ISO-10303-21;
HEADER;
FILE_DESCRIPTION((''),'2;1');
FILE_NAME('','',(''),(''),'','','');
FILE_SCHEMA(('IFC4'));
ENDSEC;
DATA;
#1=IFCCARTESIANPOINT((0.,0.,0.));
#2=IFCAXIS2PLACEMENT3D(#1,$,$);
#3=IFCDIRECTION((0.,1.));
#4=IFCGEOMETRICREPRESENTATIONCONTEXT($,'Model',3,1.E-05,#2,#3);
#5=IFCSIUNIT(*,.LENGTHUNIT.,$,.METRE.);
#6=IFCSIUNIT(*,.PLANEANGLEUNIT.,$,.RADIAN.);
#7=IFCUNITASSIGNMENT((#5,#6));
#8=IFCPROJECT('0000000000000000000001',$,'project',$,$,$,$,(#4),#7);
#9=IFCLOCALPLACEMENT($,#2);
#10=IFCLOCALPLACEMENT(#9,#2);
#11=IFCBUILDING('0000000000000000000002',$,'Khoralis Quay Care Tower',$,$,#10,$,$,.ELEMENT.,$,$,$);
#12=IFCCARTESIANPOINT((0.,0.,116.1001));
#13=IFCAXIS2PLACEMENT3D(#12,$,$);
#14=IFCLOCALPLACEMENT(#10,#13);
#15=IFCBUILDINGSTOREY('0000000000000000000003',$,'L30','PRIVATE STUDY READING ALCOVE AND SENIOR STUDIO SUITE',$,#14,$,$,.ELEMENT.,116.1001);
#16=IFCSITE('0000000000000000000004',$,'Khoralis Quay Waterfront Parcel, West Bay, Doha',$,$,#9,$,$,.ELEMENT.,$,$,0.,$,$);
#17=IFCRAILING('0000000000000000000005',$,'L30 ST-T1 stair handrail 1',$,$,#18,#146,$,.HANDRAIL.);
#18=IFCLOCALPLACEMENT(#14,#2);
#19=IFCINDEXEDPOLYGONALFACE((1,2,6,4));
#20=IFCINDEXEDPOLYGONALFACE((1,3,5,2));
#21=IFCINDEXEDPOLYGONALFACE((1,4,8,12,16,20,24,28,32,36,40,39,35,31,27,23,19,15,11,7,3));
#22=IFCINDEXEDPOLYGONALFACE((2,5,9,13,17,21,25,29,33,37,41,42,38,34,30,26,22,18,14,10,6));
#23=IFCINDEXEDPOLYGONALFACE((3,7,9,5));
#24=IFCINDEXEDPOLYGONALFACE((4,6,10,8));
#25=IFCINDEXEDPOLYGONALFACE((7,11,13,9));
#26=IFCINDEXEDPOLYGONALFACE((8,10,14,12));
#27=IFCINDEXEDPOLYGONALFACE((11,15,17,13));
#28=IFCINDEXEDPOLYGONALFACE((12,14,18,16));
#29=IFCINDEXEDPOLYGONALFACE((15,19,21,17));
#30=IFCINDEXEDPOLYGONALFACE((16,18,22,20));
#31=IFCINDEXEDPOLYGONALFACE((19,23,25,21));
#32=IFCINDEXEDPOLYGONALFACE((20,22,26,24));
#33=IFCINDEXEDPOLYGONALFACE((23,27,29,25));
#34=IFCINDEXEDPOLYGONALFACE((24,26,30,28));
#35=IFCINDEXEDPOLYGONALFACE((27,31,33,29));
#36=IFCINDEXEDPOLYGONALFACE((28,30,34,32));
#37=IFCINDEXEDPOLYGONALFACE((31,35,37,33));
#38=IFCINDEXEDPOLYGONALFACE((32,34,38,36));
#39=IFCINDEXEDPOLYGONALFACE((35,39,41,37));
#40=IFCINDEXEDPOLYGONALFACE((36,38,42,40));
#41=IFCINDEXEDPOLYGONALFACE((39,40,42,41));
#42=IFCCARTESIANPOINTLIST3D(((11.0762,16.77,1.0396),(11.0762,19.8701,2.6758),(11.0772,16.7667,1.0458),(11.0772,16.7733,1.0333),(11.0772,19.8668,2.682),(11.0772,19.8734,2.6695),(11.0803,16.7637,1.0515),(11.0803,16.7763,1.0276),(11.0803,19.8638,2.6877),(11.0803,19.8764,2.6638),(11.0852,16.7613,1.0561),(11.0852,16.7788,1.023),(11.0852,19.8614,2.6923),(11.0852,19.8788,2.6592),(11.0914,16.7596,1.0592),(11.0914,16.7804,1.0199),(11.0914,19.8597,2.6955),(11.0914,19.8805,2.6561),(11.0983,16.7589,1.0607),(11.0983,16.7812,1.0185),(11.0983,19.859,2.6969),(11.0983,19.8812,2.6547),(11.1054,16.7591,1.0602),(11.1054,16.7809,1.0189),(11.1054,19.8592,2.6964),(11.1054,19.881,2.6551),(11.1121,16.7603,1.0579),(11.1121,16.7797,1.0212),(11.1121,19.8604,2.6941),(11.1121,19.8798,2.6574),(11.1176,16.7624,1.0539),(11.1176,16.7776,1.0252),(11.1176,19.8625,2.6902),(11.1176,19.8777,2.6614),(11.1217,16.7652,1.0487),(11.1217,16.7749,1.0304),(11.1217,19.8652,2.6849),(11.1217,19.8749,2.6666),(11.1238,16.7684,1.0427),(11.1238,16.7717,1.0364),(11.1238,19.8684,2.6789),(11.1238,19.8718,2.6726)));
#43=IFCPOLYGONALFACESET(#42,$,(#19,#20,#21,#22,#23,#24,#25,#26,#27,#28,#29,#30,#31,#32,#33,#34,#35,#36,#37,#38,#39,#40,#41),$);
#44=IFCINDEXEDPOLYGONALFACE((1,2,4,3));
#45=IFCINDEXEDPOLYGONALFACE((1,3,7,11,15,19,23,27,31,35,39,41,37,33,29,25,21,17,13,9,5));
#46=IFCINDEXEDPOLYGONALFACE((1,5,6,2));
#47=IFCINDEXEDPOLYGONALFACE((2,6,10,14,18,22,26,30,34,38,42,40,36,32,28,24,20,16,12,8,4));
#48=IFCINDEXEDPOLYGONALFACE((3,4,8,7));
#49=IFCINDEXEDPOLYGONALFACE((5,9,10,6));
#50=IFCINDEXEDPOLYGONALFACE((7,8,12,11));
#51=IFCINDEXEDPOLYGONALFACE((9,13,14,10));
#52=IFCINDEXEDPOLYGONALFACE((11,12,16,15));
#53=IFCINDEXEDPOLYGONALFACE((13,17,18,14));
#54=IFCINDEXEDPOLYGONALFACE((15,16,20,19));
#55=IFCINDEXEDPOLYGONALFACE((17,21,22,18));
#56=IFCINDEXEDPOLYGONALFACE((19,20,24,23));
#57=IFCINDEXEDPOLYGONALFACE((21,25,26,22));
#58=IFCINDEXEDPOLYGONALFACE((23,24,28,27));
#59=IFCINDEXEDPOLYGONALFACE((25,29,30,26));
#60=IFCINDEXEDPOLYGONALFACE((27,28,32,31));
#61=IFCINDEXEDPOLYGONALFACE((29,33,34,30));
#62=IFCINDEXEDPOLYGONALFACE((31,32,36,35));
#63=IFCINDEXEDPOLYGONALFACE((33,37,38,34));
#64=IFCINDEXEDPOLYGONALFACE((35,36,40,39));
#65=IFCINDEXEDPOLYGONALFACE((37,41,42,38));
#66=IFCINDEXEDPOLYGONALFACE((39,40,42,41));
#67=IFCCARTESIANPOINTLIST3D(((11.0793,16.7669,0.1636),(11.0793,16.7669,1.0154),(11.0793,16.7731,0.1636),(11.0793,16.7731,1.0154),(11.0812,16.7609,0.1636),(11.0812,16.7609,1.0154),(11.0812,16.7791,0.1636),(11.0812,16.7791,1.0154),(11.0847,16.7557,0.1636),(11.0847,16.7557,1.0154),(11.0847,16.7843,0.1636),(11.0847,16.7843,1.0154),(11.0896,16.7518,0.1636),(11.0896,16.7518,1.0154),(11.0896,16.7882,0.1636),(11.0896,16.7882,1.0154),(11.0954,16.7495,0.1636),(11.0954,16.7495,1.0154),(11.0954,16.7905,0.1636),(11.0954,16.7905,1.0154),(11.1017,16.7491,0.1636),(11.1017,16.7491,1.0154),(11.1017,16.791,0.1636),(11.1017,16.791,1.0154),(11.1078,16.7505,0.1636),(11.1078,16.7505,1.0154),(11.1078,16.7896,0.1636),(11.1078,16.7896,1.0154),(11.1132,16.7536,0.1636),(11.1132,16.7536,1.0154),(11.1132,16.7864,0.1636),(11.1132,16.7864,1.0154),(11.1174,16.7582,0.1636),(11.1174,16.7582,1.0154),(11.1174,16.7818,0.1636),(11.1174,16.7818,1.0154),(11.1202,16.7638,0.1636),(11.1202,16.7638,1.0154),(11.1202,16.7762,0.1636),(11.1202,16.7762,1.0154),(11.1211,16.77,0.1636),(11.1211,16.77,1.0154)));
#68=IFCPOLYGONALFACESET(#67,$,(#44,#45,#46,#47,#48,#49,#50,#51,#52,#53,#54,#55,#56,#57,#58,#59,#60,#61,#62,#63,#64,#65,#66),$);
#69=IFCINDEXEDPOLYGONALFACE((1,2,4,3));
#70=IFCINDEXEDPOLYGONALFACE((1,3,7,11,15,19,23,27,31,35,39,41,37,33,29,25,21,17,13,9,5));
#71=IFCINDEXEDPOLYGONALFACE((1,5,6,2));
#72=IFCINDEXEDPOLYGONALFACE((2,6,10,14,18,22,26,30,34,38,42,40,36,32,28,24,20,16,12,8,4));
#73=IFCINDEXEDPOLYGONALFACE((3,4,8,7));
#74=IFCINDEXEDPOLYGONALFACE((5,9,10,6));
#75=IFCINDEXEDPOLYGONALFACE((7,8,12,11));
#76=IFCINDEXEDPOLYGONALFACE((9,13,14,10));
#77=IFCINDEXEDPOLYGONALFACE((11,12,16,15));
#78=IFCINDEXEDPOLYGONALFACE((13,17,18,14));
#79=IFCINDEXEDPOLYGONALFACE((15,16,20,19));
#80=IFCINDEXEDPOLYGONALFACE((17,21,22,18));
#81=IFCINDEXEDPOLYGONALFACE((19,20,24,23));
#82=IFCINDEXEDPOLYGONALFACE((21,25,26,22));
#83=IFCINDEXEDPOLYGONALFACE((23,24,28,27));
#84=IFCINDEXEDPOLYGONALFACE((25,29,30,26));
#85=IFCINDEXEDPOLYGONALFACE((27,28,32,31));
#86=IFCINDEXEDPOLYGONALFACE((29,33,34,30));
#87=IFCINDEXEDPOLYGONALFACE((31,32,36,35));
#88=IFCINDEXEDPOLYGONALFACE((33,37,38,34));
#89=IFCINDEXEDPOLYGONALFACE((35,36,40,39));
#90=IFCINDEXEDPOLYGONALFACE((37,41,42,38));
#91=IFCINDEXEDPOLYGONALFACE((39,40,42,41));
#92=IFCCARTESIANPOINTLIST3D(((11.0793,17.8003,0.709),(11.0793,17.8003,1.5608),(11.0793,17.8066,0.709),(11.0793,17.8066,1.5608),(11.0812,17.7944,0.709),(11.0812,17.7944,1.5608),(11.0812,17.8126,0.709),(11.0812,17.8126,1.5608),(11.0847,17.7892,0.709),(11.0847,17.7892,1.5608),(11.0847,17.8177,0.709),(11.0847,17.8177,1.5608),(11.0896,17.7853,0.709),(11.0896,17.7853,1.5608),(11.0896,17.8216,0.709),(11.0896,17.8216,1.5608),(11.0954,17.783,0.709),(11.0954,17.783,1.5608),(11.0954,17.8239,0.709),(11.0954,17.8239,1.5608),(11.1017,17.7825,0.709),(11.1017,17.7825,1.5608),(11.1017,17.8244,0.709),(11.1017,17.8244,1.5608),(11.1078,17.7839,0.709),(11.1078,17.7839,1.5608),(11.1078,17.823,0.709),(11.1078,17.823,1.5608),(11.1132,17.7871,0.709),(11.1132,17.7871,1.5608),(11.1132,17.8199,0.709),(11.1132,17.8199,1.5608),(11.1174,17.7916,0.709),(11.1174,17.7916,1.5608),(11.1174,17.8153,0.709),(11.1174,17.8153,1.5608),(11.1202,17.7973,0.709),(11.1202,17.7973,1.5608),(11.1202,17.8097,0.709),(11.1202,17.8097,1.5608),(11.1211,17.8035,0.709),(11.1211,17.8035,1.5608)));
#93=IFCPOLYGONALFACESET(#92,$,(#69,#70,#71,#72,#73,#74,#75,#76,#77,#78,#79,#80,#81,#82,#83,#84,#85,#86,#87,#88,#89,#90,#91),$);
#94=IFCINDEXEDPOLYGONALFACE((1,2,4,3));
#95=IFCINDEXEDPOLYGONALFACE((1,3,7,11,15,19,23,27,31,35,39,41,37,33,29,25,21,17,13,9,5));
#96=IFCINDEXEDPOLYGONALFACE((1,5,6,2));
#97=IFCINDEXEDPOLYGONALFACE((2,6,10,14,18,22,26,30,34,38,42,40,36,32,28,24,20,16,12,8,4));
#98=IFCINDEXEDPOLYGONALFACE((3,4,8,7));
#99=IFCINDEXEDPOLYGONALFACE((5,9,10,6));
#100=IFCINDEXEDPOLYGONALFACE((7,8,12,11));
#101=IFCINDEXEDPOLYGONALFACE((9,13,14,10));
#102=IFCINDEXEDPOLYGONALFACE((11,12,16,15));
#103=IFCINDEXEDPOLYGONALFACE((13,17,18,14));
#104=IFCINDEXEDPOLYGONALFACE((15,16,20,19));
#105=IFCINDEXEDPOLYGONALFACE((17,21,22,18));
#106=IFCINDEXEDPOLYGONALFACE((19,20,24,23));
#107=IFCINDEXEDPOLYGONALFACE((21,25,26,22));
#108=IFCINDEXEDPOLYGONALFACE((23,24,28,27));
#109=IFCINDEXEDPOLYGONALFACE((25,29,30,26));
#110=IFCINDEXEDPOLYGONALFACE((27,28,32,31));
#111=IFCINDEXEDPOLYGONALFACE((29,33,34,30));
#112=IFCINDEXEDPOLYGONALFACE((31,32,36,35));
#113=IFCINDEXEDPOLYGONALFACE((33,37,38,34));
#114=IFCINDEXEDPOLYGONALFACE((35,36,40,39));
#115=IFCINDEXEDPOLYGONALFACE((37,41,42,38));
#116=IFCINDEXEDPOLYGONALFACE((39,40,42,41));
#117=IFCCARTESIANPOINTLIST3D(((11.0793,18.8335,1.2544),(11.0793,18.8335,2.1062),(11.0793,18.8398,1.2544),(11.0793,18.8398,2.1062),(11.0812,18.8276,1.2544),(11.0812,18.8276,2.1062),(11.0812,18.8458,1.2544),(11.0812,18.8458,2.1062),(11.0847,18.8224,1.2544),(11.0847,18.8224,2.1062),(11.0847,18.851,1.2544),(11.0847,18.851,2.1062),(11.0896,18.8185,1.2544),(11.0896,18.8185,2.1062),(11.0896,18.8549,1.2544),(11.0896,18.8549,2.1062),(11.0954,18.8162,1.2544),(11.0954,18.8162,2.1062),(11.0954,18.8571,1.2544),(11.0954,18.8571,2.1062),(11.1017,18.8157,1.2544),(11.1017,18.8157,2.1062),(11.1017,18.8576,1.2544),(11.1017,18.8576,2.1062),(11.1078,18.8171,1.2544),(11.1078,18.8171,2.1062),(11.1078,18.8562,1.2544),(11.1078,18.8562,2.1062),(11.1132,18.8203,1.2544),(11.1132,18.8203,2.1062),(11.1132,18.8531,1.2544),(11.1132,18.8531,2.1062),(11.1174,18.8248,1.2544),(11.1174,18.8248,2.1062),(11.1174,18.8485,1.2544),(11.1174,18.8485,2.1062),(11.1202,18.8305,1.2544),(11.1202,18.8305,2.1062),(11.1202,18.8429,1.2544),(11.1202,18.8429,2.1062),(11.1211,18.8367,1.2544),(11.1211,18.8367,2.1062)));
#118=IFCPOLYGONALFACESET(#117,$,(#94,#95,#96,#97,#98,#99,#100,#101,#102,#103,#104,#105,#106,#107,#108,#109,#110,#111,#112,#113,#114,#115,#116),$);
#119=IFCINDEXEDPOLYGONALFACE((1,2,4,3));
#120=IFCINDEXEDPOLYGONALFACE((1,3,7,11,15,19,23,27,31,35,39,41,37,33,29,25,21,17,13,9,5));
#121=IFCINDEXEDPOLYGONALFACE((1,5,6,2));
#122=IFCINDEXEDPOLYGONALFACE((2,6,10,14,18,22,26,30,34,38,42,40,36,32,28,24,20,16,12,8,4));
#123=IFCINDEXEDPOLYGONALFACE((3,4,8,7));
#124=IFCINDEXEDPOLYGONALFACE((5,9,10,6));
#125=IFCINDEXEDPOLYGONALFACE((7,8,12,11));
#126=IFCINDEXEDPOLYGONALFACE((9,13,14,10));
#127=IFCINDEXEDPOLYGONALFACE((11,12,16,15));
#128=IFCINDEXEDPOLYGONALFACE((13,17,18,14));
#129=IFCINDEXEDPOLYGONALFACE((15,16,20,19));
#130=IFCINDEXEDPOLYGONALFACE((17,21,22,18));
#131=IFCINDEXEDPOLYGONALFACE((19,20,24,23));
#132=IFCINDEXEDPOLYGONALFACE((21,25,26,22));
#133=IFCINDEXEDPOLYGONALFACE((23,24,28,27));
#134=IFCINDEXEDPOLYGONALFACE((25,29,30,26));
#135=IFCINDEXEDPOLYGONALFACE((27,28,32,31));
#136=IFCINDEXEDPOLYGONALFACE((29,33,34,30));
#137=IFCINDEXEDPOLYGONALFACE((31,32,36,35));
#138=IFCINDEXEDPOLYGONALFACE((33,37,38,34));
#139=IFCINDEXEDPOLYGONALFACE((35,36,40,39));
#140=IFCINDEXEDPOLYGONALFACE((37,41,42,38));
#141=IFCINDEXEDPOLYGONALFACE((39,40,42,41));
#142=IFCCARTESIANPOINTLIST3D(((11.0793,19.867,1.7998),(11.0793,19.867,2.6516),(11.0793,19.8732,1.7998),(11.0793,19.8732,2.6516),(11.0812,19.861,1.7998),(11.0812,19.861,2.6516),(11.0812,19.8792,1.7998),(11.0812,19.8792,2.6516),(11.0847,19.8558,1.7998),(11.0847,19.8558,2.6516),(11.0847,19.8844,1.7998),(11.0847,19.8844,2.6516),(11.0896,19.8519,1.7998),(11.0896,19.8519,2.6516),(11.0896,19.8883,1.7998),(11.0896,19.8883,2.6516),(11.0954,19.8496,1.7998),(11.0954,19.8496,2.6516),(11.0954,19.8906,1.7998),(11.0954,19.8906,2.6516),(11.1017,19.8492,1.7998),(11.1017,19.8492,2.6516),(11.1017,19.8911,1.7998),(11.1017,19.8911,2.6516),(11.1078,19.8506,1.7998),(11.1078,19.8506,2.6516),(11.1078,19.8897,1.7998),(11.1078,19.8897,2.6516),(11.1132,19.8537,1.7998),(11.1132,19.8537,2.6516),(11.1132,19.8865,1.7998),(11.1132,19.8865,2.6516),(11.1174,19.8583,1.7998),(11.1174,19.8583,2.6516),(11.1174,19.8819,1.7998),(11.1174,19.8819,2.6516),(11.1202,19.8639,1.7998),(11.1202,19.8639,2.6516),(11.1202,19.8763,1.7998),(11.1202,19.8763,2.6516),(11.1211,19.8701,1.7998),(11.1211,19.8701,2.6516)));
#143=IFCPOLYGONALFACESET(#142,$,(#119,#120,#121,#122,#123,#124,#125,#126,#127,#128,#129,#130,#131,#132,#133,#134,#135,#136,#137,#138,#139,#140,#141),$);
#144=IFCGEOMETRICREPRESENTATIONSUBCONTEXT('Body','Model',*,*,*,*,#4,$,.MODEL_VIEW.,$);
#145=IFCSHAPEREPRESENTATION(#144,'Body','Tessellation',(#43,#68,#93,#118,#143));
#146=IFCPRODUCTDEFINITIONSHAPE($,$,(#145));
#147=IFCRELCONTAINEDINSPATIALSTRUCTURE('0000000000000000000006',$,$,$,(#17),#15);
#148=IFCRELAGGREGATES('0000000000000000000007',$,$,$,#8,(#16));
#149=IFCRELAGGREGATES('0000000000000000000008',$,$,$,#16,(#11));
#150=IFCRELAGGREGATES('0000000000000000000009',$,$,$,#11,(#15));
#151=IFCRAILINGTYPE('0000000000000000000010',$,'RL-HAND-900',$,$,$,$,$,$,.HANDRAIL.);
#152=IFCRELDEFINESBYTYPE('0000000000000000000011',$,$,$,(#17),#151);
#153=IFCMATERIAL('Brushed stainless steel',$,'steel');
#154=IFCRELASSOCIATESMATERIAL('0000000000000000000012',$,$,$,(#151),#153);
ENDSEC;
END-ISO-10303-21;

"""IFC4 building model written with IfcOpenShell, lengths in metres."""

from ifc_helpers import new_model, si_unit, direction, frame, origin, origin_2d, place, context, subcontext, project, spatial, circle, extrude, material, type_object, element, save


model = new_model("IFC4")

# Units and contexts
model_context = context("Model", 3, precision=1e-05, world=origin(), true_north=direction((0.0, 1.0)))
body_context = subcontext(model_context, "Body", "Model", "MODEL_VIEW")
ifc_project = project(units=[si_unit("LENGTHUNIT", "METRE"), si_unit("PLANEANGLEUNIT", "RADIAN")], contexts=[model_context])

# Site, building, storey
site_placement = place(None, origin())
site = spatial("IfcSite", under=ifc_project, at=site_placement, Name="Khoralis Quay Waterfront Parcel, West Bay, Doha", CompositionType="ELEMENT", RefElevation=0.0)
building_placement = place(site_placement, origin())
building = spatial("IfcBuilding", under=site, at=building_placement, Name="Khoralis Quay Care Tower", CompositionType="ELEMENT")
storey_placement = place(building_placement, frame((0.0, 0.0, 116.1001)))
storey = spatial("IfcBuildingStorey", under=building, at=storey_placement, Name="L30", Description="PRIVATE STUDY READING ALCOVE AND SENIOR STUDIO SUITE", CompositionType="ELEMENT", Elevation=116.1001)

# Shared definitions
ifc_material_1 = material(Name="Brushed stainless steel", Category="steel")

# Railing
railing_type_1 = type_object("IfcRailingType", Name="RL-HAND-900", PredefinedType="HANDRAIL", material=ifc_material_1)
railing_1_placement = place(storey_placement, frame((11.1001, 16.77, 0.1636)))
element("IfcRailing", 1, at=railing_1_placement, inside=storey, type_object=railing_type_1, Name="L30 ST-T1 stair handrail 1", PredefinedType="HANDRAIL", context=body_context, shape_type="SweptSolid", body=[
    extrude(circle(Radius=0.0239, at=origin_2d()), frame((0.0, 0.0, 0.876), z_axis=(0.0, 0.884377, 0.466774), x_axis=(-1.0, 0.0, 0.0)), (0.0, 0.0, 1.0), 3.5054),
    extrude(circle(Radius=0.021, at=origin_2d()), origin(), (0.0, 0.0, 1.0), 0.8518),
    extrude(circle(Radius=0.021, at=origin_2d()), frame((0.0, 1.0334, 0.5454)), (0.0, 0.0, 1.0), 0.8518),
    extrude(circle(Radius=0.021, at=origin_2d()), frame((0.0, 2.0667, 1.0908)), (0.0, 0.0, 1.0), 0.8518),
    extrude(circle(Radius=0.021, at=origin_2d()), frame((0.0, 3.1001, 1.6362)), (0.0, 0.0, 1.0), 0.8518),
])

save(model, "model.ifc")
